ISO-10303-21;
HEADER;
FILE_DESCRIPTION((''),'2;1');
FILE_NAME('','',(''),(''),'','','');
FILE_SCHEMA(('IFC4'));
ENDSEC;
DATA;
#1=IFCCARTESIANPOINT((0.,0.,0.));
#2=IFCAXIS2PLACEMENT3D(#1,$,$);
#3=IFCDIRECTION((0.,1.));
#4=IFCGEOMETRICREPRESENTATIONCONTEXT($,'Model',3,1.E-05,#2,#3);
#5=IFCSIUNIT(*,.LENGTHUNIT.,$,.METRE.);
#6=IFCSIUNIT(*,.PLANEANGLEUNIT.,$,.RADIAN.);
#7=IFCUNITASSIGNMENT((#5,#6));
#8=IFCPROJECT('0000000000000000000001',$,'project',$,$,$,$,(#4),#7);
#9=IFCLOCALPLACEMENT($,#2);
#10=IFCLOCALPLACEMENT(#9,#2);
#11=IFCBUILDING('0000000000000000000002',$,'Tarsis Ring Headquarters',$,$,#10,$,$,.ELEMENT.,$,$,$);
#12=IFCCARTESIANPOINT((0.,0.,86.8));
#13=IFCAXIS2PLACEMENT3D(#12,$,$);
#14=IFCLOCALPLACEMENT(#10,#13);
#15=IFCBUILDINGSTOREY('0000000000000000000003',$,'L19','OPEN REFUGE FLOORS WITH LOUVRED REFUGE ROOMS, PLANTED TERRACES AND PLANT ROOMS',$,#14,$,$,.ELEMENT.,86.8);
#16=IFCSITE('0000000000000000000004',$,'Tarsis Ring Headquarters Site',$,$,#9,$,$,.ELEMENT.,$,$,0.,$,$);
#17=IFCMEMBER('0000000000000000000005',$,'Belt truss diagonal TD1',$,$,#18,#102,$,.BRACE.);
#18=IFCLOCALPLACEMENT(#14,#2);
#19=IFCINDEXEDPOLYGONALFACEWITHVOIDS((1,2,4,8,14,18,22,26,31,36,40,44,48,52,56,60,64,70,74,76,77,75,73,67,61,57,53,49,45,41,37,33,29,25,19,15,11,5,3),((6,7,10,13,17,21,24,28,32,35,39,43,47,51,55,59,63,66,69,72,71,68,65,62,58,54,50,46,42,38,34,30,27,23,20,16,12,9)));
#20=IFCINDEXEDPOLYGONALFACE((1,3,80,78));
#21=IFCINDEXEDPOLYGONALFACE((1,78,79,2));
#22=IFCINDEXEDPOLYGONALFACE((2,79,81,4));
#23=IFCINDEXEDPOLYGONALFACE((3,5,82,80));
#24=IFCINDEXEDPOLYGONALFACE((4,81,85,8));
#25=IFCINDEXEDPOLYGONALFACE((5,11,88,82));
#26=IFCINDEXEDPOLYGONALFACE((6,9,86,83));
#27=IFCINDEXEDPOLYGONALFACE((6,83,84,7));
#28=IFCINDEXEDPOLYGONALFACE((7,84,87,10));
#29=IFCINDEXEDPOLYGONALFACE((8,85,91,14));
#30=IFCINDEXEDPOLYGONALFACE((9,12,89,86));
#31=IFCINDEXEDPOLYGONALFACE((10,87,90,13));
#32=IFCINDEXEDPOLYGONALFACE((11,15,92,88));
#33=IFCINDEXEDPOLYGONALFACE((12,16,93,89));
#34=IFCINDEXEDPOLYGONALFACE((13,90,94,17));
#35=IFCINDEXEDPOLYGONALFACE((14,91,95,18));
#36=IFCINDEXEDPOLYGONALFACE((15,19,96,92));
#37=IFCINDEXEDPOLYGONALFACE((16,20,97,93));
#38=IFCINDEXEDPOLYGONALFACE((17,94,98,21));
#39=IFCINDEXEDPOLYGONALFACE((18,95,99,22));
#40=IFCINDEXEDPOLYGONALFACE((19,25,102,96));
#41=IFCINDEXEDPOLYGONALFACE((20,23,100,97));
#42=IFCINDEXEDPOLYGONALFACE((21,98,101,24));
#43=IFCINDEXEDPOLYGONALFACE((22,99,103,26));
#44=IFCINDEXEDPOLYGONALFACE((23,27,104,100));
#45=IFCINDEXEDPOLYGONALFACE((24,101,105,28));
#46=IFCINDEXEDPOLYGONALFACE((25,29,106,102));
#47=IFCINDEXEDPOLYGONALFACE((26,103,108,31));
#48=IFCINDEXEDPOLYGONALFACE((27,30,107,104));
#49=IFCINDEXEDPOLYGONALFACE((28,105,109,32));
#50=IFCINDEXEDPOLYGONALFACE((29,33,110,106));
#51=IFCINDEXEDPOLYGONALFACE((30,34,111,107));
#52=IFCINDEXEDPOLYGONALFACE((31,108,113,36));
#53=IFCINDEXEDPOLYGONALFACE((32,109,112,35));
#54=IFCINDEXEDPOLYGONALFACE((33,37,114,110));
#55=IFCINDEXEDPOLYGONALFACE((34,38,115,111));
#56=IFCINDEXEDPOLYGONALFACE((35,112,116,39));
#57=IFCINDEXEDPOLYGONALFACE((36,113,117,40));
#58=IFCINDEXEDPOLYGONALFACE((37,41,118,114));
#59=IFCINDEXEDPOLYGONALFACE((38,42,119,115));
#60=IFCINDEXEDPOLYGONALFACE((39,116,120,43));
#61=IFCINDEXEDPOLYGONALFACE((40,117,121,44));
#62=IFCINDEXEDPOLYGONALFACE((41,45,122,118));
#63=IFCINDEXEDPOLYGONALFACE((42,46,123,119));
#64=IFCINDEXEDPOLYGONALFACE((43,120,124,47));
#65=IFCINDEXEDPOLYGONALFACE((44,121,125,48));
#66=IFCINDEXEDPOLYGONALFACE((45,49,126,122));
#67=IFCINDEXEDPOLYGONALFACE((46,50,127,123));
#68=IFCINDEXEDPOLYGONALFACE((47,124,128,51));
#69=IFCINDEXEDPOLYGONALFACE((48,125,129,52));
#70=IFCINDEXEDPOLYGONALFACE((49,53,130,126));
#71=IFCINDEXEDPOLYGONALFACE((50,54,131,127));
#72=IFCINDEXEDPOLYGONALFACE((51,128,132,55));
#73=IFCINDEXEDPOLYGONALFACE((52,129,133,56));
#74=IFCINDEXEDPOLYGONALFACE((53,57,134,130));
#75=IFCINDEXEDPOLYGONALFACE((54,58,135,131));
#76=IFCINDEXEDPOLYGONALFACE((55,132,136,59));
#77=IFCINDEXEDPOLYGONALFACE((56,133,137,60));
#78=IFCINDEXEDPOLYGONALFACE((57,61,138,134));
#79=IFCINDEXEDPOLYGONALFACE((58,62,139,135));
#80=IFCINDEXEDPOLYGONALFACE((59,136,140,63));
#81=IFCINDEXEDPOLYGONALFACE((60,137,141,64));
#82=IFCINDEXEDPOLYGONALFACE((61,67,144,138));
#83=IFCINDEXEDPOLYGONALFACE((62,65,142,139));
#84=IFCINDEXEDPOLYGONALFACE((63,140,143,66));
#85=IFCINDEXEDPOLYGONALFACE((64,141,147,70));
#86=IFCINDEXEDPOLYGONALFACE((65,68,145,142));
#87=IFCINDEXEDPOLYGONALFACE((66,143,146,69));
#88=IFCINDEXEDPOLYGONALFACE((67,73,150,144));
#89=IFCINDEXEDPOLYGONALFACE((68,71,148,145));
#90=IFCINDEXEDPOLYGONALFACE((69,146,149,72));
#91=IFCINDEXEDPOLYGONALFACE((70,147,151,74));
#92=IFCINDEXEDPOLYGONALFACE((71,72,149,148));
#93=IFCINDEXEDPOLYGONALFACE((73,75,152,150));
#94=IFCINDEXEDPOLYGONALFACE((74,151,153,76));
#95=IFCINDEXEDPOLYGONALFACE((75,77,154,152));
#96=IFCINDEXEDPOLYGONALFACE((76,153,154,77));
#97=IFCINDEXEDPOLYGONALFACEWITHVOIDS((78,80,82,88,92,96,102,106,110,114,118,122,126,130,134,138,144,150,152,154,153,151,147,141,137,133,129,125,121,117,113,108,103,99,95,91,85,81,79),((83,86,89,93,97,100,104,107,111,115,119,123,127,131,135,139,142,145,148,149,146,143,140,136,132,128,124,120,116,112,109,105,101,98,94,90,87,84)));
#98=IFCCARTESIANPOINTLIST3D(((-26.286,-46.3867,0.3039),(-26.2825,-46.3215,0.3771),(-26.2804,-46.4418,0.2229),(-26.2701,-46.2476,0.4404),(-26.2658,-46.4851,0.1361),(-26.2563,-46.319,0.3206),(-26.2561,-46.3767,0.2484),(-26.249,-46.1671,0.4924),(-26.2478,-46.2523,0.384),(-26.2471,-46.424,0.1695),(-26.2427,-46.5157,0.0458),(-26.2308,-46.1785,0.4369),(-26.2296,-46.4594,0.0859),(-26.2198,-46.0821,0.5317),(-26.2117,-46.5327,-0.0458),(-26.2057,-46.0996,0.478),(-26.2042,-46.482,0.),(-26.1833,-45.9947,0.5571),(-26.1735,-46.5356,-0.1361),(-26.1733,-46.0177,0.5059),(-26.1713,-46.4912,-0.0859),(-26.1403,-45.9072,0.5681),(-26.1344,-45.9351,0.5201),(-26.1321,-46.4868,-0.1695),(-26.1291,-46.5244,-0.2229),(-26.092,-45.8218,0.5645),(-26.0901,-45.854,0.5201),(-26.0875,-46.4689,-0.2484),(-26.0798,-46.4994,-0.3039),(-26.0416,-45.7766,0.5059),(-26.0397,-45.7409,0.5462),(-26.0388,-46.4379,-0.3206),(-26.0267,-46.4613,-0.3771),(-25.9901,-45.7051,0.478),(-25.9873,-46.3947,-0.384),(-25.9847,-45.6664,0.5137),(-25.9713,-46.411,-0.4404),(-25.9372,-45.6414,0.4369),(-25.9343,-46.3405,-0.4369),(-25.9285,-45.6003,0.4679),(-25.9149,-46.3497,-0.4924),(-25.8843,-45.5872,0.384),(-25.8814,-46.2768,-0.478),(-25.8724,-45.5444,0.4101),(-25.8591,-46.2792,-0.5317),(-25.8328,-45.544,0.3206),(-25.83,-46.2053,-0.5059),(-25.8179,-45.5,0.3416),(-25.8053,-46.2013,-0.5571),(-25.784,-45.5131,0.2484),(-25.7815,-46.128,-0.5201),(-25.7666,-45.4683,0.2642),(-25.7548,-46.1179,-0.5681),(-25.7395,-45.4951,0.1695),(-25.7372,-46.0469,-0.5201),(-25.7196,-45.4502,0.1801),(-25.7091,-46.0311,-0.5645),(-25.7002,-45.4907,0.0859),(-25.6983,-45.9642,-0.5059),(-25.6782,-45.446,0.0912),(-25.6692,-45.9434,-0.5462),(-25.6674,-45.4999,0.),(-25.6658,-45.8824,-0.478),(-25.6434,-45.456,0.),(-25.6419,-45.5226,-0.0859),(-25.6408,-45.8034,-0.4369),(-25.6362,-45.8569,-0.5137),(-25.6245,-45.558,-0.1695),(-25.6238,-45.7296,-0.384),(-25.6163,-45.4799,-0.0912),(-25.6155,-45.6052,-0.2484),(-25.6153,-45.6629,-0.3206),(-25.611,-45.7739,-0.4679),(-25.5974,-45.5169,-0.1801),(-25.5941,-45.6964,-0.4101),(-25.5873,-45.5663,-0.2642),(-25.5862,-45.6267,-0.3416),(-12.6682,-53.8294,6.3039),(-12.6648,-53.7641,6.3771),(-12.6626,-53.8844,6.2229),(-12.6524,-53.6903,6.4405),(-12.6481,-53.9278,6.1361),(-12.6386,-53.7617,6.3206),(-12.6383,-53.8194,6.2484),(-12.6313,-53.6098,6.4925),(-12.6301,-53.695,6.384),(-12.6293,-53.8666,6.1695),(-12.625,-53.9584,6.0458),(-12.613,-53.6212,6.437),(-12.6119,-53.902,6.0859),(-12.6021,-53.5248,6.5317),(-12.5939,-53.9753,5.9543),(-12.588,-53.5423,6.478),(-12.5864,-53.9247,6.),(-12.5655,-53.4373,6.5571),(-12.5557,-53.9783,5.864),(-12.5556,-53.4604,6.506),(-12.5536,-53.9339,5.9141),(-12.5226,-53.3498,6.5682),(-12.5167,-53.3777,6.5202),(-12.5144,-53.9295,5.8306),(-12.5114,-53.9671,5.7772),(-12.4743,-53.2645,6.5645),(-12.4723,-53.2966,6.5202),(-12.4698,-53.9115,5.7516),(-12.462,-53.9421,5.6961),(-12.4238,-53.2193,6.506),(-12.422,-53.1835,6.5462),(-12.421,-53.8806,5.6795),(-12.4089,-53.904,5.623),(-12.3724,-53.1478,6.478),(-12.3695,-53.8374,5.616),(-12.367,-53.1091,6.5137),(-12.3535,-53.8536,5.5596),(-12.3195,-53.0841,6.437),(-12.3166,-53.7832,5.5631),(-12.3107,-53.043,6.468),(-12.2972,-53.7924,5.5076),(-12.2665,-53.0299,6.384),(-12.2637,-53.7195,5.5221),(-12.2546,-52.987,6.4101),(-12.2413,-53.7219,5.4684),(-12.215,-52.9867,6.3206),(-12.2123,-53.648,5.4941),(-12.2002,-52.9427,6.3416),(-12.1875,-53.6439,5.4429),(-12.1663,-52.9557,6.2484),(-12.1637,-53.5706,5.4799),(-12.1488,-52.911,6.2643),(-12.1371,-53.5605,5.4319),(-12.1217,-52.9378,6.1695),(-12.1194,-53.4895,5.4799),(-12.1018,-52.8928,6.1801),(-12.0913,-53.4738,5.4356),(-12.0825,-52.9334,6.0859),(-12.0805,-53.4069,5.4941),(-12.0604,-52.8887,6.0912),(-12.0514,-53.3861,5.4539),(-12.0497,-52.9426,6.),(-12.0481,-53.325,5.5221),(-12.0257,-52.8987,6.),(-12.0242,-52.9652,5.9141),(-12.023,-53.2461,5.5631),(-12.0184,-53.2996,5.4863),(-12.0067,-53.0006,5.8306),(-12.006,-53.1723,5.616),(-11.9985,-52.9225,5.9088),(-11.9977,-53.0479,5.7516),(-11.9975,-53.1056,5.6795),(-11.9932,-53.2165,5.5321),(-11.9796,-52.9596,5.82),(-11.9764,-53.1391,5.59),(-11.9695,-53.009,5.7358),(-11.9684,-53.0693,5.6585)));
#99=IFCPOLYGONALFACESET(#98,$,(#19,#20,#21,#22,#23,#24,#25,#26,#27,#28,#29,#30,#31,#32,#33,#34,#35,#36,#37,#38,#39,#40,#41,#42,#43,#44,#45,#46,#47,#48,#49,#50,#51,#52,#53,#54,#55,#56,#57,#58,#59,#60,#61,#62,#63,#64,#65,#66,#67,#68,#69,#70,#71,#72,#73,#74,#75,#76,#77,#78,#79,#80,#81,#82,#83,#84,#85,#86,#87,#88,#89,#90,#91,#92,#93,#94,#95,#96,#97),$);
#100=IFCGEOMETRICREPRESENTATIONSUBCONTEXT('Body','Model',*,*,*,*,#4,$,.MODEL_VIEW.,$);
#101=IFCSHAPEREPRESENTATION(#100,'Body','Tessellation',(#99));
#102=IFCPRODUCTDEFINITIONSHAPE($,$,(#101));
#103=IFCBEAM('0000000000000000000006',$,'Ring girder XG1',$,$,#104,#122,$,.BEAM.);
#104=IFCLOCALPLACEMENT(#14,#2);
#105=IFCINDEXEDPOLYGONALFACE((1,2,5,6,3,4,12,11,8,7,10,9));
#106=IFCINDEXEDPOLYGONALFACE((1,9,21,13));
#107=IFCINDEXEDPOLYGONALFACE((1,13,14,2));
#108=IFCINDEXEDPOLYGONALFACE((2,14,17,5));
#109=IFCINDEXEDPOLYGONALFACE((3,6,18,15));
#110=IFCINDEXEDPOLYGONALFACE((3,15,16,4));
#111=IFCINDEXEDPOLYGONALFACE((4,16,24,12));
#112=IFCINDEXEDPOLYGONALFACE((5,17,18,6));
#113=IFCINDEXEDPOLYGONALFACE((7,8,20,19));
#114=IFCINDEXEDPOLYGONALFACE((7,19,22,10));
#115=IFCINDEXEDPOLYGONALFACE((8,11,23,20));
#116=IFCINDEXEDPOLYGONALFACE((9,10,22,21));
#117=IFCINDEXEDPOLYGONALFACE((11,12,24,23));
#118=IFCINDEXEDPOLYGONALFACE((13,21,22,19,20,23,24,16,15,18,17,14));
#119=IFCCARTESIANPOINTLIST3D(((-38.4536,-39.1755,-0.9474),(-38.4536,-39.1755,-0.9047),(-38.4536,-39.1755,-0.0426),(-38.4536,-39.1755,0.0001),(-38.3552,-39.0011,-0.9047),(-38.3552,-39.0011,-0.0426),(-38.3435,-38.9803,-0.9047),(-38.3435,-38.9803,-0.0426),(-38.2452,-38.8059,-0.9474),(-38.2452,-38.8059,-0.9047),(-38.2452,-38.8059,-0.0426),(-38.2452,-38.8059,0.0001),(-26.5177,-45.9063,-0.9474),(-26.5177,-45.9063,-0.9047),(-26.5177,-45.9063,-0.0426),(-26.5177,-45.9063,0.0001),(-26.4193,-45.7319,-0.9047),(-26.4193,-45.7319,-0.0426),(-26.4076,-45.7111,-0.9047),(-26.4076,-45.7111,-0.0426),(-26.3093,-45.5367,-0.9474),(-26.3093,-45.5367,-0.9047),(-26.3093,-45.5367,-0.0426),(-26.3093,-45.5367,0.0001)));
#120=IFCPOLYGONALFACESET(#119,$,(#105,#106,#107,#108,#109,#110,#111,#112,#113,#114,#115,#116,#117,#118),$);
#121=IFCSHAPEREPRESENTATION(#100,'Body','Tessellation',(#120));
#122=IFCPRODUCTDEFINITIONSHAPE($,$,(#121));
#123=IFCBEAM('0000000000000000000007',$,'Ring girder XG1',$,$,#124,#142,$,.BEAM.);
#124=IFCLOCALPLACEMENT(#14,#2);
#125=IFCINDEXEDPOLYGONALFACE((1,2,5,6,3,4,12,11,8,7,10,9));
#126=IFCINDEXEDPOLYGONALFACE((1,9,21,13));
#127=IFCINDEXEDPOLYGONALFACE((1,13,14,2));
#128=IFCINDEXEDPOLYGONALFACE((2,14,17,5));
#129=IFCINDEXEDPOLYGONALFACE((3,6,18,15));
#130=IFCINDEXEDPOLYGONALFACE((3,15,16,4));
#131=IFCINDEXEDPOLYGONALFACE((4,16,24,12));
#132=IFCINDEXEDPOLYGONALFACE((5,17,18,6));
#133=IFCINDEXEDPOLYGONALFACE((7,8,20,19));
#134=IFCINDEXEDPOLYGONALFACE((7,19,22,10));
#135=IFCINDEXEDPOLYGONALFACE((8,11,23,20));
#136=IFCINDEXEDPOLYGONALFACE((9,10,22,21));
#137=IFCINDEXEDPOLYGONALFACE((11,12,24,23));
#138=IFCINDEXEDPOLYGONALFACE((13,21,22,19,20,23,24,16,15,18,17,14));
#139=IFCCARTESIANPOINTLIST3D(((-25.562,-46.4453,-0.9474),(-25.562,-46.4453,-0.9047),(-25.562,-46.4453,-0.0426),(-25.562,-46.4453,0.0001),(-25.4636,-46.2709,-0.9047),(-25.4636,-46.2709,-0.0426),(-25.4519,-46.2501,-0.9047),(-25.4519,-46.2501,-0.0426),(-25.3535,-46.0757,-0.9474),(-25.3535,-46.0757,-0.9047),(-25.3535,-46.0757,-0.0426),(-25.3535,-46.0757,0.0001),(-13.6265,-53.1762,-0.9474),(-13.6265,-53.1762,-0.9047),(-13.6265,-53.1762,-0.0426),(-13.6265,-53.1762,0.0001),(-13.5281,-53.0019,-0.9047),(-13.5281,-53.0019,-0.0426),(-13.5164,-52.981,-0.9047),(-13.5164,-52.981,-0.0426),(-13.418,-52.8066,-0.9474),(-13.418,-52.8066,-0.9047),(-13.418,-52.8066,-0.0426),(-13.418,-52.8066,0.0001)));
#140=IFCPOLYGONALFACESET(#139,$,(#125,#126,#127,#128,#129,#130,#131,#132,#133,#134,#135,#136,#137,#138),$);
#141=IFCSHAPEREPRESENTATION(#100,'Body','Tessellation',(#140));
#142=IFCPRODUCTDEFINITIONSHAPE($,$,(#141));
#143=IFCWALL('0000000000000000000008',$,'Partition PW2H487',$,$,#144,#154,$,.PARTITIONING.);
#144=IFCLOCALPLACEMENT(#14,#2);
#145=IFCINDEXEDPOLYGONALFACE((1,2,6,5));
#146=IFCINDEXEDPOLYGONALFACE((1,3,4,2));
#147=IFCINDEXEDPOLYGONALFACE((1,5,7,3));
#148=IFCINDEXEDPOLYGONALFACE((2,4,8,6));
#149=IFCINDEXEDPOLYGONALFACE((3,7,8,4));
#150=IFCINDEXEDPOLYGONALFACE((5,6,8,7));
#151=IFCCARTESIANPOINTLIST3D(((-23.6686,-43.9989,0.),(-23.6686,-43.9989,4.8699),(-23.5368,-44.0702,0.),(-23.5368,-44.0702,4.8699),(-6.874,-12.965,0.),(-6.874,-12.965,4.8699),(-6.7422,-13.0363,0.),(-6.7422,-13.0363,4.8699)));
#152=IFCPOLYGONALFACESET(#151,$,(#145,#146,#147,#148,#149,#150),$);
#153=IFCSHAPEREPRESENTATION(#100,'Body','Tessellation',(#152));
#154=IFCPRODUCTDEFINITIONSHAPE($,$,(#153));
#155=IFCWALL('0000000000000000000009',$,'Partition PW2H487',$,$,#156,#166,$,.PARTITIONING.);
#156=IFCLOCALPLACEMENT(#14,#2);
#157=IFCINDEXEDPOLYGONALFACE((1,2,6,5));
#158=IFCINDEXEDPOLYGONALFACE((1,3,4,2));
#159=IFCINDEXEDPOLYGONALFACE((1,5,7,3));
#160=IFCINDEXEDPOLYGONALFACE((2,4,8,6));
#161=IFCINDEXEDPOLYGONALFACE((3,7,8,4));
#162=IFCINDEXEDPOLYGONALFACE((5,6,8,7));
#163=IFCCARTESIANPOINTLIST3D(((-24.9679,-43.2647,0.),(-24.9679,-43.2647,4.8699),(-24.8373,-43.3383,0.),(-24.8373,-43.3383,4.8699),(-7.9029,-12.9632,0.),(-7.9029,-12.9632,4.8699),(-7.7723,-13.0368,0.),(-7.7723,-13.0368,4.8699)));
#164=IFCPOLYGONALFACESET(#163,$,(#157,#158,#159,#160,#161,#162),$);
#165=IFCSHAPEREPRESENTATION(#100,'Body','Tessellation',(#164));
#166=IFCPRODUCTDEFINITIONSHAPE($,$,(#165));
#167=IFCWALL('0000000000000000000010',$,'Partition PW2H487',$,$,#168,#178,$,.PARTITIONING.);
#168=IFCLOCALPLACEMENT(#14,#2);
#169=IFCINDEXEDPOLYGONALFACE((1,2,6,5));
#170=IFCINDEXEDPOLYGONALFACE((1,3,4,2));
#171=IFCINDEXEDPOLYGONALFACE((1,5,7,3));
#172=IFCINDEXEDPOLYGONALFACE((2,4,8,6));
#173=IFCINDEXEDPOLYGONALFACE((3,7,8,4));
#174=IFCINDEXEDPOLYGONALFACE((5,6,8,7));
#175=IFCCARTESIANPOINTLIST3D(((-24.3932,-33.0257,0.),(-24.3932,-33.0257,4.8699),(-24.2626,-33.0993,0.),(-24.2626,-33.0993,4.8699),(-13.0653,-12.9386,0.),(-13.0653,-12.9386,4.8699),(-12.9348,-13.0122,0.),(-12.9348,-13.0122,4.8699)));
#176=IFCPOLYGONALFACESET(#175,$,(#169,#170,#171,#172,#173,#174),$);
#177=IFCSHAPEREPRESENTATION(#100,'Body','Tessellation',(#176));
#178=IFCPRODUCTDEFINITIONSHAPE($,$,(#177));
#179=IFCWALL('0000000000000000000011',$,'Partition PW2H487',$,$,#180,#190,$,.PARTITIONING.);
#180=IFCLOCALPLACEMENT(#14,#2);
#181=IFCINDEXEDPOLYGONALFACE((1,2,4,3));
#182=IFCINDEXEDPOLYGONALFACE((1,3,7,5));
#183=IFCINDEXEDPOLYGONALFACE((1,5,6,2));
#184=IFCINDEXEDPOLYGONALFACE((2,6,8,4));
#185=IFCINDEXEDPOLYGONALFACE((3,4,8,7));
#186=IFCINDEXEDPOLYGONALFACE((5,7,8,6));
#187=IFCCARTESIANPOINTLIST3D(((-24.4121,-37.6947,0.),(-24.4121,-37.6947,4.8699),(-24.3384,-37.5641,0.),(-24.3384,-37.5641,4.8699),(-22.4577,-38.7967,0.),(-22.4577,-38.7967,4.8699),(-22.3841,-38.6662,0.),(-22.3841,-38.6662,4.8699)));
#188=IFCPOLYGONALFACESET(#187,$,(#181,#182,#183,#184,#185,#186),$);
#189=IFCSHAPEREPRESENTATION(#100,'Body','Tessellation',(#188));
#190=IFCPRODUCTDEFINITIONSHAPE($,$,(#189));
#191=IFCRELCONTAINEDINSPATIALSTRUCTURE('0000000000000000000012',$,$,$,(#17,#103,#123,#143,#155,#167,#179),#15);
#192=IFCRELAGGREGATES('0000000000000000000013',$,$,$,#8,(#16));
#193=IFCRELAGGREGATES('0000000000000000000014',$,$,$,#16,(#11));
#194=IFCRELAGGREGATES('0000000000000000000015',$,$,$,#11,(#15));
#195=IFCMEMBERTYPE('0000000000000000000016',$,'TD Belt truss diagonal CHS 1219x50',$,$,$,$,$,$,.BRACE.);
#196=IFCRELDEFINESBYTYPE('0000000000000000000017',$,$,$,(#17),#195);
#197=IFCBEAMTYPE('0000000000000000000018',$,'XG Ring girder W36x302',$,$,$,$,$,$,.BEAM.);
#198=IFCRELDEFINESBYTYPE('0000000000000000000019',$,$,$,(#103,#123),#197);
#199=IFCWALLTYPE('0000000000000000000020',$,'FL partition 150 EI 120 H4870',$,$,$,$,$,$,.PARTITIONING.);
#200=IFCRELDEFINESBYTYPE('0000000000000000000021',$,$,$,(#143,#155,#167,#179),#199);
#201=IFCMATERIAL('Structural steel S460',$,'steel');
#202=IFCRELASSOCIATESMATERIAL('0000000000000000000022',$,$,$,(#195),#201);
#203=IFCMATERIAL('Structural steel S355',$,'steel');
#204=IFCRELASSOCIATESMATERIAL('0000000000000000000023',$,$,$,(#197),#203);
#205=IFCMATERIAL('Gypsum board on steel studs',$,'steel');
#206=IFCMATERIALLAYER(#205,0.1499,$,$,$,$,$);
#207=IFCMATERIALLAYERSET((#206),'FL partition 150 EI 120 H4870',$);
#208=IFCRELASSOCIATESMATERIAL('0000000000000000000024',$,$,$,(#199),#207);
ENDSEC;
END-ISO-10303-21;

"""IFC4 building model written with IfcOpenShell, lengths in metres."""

from ifc_helpers import new_model, si_unit, direction, frame, frame_2d, origin, origin_2d, place, context, subcontext, project, spatial, rectangle, hollow_circle, i_section, extrude, material, layer, layer_set, material_profile, profile_set, type_object, element, save


model = new_model("IFC4")

# Units and contexts
model_context = context("Model", 3, precision=1e-05, world=origin(), true_north=direction((0.0, 1.0)))
body_context = subcontext(model_context, "Body", "Model", "MODEL_VIEW")
ifc_project = project(units=[si_unit("LENGTHUNIT", "METRE"), si_unit("PLANEANGLEUNIT", "RADIAN")], contexts=[model_context])

# Site, building, storey
site_placement = place(None, origin())
site = spatial("IfcSite", under=ifc_project, at=site_placement, Name="Tarsis Ring Headquarters Site", CompositionType="ELEMENT", RefElevation=0.0)
building_placement = place(site_placement, origin())
building = spatial("IfcBuilding", under=site, at=building_placement, Name="Tarsis Ring Headquarters", CompositionType="ELEMENT")
storey_placement = place(building_placement, frame((0.0, 0.0, 86.8)))
storey = spatial("IfcBuildingStorey", under=building, at=storey_placement, Name="L19", Description="OPEN REFUGE FLOORS WITH LOUVRED REFUGE ROOMS, PLANTED TERRACES AND PLANT ROOMS", CompositionType="ELEMENT", Elevation=86.8)

# Shared definitions
ifc_material_1 = material(Name="Structural steel S460", Category="steel")
ifc_material_profile_1 = material_profile(ifc_material_1, hollow_circle(Radius=0.6096, WallThickness=0.05, at=origin_2d()), Name="CHS 1219x50")
ifc_profile_set_1 = profile_set([ifc_material_profile_1], Name="Structural steel S460")

# Shared definitions
ifc_material_2 = material(Name="Structural steel S355", Category="steel")

# Member
member_type_1 = type_object("IfcMemberType", Name="TD Belt truss diagonal CHS 1219x50", PredefinedType="BRACE", material=ifc_profile_set_1)
member_1_placement = place(storey_placement, frame((-25.9358, -45.991, 0.0), z_axis=(0.818452, -0.447318, 0.360613), x_axis=(0.479587, 0.877494, 0.0)))
element("IfcMember", 1, at=member_1_placement, inside=storey, type_object=member_type_1, Name="Belt truss diagonal TD1", PredefinedType="BRACE", context=body_context, shape_type="SweptSolid", body=[
    extrude(hollow_circle(Radius=0.6096, WallThickness=0.05, at=origin_2d()), origin(), (0.0, 0.0, 1.0), 16.6384),
])

# Beams
ifc_material_profile_2 = material_profile(ifc_material_2, i_section(OverallWidth=0.4243, OverallDepth=0.9475, WebThickness=0.0239, FlangeThickness=0.0427, at=origin_2d()), Name="W36x302")
ifc_profile_set_2 = profile_set([ifc_material_profile_2], Name="Structural steel S355")
beam_type_1 = type_object("IfcBeamType", Name="XG Ring girder W36x302", PredefinedType="BEAM", material=ifc_profile_set_2)
beam_1_placement = place(storey_placement, frame((-38.3494, -38.9907, -0.4736), z_axis=(0.87105, -0.491194, 0.0), x_axis=(0.491194, 0.87105, 0.0)))
element("IfcBeam", 2, at=beam_1_placement, inside=storey, type_object=beam_type_1, Name="Ring girder XG1", PredefinedType="BEAM", context=body_context, shape_type="SweptSolid", body=[
    extrude(i_section(OverallWidth=0.4243, OverallDepth=0.9475, WebThickness=0.0239, FlangeThickness=0.0427, at=origin_2d()), origin(), (0.0, 0.0, 1.0), 13.7029),
])
beam_2_placement = place(storey_placement, frame((-25.4578, -46.2605, -0.4736), z_axis=(0.871038, -0.491215, 0.0), x_axis=(0.491215, 0.871038, 0.0)))
element("IfcBeam", 3, at=beam_2_placement, inside=storey, type_object=beam_type_1, Name="Ring girder XG1", PredefinedType="BEAM", context=body_context, shape_type="SweptSolid", body=[
    extrude(i_section(OverallWidth=0.4243, OverallDepth=0.9475, WebThickness=0.0239, FlangeThickness=0.0427, at=origin_2d()), origin(), (0.0, 0.0, 1.0), 13.7026),
])

# Walls
ifc_material_3 = material(Name="Gypsum board on steel studs", Category="steel")
ifc_layer_1 = layer(ifc_material_3, 0.1499)
ifc_layer_set_1 = layer_set([ifc_layer_1], Name="FL partition 150 EI 120 H4870")
wall_type_1 = type_object("IfcWallType", Name="FL partition 150 EI 120 H4870", PredefinedType="PARTITIONING", material=ifc_layer_set_1)
wall_1_placement = place(storey_placement, frame((-23.6028, -44.0347, 0.0), z_axis=(0.0, 0.0, 1.0), x_axis=(0.475946, 0.879474, 0.0)))
element("IfcWall", 4, at=wall_1_placement, inside=storey, type_object=wall_type_1, Name="Partition PW2H487", PredefinedType="PARTITIONING", context=body_context, shape_type="SweptSolid", body=[
    extrude(rectangle(XDim=35.2869, YDim=0.1499, at=frame_2d((17.6436, 0.0))), origin(), (0.0, 0.0, 1.0), 4.8699),
])
wall_2_placement = place(storey_placement, frame((-24.9026, -43.3015, 0.0), z_axis=(0.0, 0.0, 1.0), x_axis=(0.490705, 0.871326, 0.0)))
element("IfcWall", 5, at=wall_2_placement, inside=storey, type_object=wall_type_1, Name="Partition PW2H487", PredefinedType="PARTITIONING", context=body_context, shape_type="SweptSolid", body=[
    extrude(rectangle(XDim=34.7764, YDim=0.1499, at=frame_2d((17.3882, 0.0))), origin(), (0.0, 0.0, 1.0), 4.8699),
])
wall_3_placement = place(storey_placement, frame((-24.3279, -33.0625, 0.0), z_axis=(0.0, 0.0, 1.0), x_axis=(0.491211, 0.87104, 0.0)))
element("IfcWall", 6, at=wall_3_placement, inside=storey, type_object=wall_type_1, Name="Partition PW2H487", PredefinedType="PARTITIONING", context=body_context, shape_type="SweptSolid", body=[
    extrude(rectangle(XDim=23.061, YDim=0.1499, at=frame_2d((11.5305, 0.0))), origin(), (0.0, 0.0, 1.0), 4.8699),
])
wall_4_placement = place(storey_placement, frame((-24.3752, -37.6294, 0.0), z_axis=(0.0, 0.0, 1.0), x_axis=(0.871055, -0.491186, 0.0)))
element("IfcWall", 7, at=wall_4_placement, inside=storey, type_object=wall_type_1, Name="Partition PW2H487", PredefinedType="PARTITIONING", context=body_context, shape_type="SweptSolid", body=[
    extrude(rectangle(XDim=2.2437, YDim=0.1499, at=frame_2d((1.1218, 0.0))), origin(), (0.0, 0.0, 1.0), 4.8699),
])

save(model, "model.ifc")
